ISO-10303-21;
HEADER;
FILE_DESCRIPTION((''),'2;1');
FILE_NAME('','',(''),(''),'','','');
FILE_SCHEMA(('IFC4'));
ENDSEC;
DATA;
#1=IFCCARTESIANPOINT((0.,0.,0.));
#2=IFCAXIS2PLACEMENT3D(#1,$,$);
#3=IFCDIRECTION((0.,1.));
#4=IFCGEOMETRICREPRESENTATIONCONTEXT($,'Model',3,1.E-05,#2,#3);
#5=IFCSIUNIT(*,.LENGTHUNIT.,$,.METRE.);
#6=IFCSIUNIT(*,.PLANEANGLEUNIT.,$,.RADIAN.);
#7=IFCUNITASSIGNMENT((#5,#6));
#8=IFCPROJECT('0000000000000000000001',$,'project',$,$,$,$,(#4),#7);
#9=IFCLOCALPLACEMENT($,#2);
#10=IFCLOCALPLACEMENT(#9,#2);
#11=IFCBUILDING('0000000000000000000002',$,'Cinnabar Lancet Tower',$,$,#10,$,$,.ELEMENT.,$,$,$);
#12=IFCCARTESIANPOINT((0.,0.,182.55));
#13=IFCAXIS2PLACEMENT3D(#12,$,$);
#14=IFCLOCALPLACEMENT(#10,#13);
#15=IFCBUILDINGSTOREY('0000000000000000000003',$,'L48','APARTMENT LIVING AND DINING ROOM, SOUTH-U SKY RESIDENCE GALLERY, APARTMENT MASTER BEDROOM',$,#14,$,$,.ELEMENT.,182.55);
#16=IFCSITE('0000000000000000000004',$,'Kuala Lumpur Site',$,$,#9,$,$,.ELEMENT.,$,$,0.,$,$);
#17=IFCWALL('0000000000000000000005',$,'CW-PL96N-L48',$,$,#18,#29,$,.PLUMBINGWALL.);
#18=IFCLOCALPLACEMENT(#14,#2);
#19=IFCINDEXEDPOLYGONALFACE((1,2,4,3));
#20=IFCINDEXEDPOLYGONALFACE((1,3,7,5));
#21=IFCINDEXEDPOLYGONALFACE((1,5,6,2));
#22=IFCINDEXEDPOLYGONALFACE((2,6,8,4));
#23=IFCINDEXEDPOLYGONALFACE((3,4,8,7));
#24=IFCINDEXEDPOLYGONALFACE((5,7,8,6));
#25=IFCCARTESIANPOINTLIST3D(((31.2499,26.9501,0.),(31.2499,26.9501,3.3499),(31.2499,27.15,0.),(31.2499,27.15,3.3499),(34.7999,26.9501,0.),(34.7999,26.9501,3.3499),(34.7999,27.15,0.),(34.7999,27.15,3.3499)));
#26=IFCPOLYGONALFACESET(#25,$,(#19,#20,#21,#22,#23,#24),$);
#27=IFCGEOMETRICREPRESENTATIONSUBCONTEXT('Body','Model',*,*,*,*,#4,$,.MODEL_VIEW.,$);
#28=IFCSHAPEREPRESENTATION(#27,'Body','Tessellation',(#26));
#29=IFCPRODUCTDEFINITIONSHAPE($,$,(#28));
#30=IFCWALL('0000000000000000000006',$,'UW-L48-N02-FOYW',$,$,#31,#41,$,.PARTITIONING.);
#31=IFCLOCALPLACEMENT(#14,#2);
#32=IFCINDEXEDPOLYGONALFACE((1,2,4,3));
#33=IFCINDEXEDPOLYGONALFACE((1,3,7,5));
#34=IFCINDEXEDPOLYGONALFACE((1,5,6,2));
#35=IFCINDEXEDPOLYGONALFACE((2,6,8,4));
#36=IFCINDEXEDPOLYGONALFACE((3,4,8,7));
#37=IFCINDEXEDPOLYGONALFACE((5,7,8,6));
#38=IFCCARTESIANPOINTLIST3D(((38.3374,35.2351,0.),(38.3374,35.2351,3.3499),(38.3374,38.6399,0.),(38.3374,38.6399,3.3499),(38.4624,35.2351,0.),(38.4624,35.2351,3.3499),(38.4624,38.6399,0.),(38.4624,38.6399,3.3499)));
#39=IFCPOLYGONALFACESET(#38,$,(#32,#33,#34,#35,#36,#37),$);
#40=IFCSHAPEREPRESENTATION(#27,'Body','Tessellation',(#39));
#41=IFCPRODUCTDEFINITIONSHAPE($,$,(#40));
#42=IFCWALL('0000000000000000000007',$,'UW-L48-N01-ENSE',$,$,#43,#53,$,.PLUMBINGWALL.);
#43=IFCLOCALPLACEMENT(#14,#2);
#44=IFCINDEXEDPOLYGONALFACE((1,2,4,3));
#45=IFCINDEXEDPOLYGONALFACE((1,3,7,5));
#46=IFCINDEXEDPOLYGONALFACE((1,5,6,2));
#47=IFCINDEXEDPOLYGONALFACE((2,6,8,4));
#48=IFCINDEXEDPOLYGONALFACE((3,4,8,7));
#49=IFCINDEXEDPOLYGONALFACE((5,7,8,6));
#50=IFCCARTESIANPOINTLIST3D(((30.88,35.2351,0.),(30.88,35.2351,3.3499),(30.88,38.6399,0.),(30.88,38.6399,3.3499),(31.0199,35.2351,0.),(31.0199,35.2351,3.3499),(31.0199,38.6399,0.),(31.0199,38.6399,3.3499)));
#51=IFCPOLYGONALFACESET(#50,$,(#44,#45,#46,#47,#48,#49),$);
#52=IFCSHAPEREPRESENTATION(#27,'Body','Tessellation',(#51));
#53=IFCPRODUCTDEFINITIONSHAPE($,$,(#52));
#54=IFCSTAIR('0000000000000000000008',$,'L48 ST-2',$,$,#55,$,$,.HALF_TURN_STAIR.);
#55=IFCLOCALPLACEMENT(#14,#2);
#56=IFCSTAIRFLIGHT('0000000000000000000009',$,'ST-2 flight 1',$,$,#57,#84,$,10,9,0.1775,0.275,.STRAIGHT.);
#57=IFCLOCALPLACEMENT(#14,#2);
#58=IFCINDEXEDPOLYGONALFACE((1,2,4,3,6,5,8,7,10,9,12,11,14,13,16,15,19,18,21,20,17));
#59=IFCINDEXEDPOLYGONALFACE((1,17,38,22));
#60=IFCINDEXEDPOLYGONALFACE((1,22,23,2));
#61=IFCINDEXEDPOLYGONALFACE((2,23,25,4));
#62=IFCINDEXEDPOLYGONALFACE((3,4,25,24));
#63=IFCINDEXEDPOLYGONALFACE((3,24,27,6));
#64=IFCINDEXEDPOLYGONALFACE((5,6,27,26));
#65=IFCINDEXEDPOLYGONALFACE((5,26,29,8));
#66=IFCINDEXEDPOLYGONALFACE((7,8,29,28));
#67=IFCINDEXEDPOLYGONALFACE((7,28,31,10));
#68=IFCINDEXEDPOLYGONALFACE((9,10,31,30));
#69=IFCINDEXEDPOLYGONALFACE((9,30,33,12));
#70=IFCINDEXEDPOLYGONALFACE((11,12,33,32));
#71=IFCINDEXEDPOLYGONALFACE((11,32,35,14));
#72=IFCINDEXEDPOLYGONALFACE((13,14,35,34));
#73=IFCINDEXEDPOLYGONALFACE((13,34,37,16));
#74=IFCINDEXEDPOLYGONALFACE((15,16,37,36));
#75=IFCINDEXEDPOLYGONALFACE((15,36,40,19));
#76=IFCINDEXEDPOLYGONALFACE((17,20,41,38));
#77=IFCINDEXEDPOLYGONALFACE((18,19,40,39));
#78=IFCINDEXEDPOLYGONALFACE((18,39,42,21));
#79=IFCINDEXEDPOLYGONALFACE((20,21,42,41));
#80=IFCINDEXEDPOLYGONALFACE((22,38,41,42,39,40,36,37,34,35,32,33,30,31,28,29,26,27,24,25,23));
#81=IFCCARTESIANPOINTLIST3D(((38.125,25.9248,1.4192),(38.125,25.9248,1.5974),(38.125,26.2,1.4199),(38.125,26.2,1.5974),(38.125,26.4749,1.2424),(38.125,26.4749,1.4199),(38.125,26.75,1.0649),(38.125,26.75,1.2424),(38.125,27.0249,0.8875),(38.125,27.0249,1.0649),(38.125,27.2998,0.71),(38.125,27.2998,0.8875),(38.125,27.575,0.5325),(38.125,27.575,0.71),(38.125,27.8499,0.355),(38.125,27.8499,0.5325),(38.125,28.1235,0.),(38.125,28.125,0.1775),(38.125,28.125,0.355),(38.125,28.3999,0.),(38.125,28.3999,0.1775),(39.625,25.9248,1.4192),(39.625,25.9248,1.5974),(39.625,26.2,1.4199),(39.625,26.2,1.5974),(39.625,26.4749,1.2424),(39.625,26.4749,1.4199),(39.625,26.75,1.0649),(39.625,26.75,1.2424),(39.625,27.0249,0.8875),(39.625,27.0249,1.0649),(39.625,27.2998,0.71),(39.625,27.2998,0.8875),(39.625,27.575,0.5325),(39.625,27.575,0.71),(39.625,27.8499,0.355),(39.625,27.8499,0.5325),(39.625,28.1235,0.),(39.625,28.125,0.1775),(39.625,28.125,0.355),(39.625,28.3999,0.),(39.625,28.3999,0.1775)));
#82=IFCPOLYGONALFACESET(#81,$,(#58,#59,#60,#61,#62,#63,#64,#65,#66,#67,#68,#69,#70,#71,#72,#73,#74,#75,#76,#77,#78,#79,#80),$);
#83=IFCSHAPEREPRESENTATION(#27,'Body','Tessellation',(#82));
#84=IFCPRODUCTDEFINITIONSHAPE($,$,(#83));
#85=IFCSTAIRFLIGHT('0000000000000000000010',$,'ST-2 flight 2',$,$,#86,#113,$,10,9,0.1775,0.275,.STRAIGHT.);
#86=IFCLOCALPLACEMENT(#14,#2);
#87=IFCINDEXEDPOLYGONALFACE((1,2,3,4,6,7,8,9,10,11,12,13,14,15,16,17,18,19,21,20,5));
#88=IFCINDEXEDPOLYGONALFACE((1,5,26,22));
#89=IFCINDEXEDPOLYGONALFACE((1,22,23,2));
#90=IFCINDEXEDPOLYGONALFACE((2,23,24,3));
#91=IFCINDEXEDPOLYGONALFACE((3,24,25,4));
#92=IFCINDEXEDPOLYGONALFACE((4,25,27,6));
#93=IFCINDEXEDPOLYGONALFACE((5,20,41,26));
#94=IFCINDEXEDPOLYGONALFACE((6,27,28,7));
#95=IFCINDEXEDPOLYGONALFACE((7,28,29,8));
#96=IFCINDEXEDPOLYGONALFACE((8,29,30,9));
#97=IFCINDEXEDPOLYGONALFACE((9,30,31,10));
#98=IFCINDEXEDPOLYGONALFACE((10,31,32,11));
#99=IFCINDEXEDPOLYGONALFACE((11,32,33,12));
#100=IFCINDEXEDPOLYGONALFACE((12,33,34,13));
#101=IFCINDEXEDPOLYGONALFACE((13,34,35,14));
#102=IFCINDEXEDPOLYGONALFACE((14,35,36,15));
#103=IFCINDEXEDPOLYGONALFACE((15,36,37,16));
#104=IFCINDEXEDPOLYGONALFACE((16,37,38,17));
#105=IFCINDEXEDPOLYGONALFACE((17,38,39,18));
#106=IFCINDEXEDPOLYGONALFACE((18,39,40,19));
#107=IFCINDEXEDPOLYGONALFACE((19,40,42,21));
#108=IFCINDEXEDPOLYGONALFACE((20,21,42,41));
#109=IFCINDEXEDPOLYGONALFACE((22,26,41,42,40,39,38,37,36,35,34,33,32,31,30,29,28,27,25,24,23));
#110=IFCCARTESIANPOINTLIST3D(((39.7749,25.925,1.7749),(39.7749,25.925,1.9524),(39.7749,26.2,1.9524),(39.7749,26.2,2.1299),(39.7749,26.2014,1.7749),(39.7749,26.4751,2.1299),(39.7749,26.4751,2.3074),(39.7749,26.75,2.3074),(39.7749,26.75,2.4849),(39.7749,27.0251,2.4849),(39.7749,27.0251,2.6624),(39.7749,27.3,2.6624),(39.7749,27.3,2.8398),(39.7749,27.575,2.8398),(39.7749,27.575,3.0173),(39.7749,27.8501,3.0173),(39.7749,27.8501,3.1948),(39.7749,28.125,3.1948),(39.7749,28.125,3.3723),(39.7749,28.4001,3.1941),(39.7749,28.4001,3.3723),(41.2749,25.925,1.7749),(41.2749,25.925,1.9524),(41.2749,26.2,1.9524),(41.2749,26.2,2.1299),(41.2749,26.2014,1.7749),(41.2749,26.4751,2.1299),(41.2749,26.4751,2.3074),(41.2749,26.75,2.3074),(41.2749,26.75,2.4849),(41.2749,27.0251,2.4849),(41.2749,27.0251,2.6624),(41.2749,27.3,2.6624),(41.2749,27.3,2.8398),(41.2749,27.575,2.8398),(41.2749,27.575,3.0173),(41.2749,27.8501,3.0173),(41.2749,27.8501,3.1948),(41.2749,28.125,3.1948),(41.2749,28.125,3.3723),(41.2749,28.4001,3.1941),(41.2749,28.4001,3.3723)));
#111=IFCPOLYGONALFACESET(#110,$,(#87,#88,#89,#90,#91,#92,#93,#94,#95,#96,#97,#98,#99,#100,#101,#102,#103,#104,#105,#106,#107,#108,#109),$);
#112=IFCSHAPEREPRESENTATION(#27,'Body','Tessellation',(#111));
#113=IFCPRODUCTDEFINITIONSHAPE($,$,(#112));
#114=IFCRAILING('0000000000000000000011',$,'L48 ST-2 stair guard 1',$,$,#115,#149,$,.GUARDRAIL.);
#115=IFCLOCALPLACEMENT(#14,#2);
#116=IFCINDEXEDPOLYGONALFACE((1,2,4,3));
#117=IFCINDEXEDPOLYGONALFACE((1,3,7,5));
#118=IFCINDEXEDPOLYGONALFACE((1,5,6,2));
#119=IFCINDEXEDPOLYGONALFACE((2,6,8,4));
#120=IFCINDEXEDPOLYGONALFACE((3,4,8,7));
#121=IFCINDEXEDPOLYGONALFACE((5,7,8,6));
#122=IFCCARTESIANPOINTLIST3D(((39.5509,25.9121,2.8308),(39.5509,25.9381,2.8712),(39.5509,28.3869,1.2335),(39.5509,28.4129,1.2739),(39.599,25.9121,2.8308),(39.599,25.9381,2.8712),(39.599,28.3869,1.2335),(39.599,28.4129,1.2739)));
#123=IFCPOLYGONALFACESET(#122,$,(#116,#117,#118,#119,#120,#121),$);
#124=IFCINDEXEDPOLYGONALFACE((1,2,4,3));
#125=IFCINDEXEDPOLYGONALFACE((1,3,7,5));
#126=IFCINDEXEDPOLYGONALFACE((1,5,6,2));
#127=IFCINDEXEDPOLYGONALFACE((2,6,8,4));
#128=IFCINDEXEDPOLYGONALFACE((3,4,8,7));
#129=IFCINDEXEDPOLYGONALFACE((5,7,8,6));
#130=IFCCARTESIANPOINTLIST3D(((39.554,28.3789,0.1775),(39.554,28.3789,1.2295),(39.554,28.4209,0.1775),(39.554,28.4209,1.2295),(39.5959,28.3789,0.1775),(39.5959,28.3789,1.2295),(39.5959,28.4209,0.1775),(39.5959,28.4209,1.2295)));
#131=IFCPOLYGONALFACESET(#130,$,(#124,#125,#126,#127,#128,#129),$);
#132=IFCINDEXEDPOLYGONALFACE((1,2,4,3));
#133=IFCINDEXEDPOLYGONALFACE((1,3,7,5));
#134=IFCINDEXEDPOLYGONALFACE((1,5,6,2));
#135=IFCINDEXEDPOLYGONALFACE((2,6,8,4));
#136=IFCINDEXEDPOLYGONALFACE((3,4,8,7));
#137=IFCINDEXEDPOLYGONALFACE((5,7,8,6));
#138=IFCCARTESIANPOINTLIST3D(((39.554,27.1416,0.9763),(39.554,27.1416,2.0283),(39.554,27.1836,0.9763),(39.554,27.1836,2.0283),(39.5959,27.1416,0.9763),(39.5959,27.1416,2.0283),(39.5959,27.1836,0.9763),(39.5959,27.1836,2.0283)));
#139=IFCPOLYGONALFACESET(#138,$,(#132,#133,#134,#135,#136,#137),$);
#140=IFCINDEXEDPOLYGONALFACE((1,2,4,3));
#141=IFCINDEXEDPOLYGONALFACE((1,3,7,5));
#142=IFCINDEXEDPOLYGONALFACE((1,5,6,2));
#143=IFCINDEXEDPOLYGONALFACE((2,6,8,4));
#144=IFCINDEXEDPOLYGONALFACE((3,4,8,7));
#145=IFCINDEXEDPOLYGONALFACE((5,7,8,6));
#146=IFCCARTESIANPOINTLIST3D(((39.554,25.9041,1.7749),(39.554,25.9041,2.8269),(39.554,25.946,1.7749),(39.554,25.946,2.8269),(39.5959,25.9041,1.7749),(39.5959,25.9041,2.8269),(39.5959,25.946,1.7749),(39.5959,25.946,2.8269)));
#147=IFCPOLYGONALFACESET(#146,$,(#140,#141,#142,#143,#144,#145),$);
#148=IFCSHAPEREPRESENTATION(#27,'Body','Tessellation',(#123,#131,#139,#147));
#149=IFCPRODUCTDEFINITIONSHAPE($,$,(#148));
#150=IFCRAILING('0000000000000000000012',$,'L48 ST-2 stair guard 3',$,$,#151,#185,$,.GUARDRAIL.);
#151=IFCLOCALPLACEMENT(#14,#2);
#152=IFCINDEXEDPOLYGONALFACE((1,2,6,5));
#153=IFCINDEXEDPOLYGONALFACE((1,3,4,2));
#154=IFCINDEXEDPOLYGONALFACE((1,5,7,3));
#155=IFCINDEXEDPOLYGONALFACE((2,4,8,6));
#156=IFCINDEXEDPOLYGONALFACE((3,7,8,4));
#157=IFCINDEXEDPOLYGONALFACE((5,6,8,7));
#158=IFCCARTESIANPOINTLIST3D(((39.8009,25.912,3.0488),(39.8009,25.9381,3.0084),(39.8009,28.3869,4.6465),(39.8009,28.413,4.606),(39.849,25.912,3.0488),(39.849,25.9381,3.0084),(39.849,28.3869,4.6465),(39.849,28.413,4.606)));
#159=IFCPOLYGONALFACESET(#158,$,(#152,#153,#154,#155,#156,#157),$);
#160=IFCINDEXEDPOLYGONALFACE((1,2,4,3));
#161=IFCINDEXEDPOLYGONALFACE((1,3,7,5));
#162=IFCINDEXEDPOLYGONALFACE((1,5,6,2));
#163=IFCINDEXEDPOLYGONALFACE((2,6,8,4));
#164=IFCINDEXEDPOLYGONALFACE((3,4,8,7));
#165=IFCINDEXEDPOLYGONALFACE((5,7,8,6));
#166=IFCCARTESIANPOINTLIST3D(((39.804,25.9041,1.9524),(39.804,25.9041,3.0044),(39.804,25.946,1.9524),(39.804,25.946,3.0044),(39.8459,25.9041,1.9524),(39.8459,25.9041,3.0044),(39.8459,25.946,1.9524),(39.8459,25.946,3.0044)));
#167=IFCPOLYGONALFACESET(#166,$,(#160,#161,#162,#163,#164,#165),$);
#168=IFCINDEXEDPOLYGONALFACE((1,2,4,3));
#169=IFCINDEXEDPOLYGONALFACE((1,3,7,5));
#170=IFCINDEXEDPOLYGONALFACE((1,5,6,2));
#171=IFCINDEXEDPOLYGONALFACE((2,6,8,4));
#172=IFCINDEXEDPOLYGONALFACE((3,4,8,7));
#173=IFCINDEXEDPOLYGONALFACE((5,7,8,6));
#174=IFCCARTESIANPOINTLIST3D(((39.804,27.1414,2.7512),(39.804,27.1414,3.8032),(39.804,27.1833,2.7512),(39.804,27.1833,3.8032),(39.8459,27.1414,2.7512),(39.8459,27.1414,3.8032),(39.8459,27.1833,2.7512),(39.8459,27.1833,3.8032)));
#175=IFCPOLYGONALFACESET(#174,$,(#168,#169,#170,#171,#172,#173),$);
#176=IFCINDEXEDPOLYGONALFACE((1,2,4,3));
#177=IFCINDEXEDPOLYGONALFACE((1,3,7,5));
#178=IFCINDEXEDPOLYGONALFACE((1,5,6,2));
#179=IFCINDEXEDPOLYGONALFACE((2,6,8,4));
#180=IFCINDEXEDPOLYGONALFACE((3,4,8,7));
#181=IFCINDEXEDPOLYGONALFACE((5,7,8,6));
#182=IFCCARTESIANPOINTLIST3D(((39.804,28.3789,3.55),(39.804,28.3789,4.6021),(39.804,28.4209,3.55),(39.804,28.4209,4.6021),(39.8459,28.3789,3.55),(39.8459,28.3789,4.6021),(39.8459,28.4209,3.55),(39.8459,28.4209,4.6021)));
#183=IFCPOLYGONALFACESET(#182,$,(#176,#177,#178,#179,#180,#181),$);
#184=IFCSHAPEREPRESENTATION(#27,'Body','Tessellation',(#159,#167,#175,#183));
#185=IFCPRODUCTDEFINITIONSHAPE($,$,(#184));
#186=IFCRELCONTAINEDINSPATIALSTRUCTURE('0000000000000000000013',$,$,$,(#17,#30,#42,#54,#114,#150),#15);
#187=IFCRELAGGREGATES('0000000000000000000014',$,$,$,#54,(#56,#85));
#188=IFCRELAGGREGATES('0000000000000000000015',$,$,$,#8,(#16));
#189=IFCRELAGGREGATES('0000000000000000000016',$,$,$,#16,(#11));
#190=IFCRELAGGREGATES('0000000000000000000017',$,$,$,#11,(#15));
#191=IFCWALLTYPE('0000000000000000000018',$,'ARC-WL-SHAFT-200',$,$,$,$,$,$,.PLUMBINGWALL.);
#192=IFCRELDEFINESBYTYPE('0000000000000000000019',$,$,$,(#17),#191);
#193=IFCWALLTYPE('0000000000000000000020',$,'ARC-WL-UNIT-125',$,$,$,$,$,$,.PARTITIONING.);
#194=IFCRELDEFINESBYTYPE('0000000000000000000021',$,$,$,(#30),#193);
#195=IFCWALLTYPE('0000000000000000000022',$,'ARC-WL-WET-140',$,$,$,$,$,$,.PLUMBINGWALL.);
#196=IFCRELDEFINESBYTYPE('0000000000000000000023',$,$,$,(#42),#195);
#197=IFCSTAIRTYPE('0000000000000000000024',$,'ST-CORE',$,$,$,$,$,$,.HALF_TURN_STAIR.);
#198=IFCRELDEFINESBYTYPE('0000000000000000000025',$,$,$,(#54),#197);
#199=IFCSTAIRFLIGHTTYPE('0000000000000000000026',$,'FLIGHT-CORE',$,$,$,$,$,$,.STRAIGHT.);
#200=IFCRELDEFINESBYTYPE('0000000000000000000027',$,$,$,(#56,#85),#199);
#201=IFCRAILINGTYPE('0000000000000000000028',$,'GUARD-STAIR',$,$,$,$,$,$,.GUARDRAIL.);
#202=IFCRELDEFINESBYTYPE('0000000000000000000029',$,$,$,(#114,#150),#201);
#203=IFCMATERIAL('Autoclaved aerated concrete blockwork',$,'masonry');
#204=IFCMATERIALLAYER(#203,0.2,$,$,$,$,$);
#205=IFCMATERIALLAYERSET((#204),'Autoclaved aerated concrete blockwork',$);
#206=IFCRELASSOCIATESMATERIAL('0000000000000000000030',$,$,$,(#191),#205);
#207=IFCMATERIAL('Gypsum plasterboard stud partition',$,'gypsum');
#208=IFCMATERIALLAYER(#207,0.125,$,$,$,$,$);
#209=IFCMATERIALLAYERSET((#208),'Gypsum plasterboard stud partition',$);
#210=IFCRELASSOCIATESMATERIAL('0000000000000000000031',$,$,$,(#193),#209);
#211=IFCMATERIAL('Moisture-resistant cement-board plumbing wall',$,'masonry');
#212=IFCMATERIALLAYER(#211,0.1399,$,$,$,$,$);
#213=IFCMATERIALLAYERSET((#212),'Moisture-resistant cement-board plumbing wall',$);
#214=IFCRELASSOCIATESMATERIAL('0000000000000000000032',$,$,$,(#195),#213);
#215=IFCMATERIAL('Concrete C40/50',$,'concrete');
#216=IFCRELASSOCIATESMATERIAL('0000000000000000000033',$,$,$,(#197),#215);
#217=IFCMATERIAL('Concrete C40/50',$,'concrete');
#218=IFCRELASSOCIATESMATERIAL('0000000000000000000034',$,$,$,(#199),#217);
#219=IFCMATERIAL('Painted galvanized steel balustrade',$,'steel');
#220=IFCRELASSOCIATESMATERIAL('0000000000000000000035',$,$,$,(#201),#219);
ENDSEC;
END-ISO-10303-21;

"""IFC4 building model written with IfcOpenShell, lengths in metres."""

from ifc_helpers import new_model, si_unit, direction, frame, frame_2d, origin, origin_2d, place, context, subcontext, project, spatial, polyline, rectangle, outline, extrude, material, layer, layer_set, type_object, element, aggregate, save


model = new_model("IFC4")

# Units and contexts
model_context = context("Model", 3, precision=1e-05, world=origin(), true_north=direction((0.0, 1.0)))
body_context = subcontext(model_context, "Body", "Model", "MODEL_VIEW")
ifc_project = project(units=[si_unit("LENGTHUNIT", "METRE"), si_unit("PLANEANGLEUNIT", "RADIAN")], contexts=[model_context])

# Site, building, storey
site_placement = place(None, origin())
site = spatial("IfcSite", under=ifc_project, at=site_placement, Name="Kuala Lumpur Site", CompositionType="ELEMENT", RefElevation=0.0)
building_placement = place(site_placement, origin())
building = spatial("IfcBuilding", under=site, at=building_placement, Name="Cinnabar Lancet Tower", CompositionType="ELEMENT")
storey_placement = place(building_placement, frame((0.0, 0.0, 182.55)))
storey = spatial("IfcBuildingStorey", under=building, at=storey_placement, Name="L48", Description="APARTMENT LIVING AND DINING ROOM, SOUTH-U SKY RESIDENCE GALLERY, APARTMENT MASTER BEDROOM", CompositionType="ELEMENT", Elevation=182.55)

# Shared definitions
ifc_material_1 = material(Name="Autoclaved aerated concrete blockwork", Category="masonry")
ifc_layer_1 = layer(ifc_material_1, 0.2)
ifc_layer_set_1 = layer_set([ifc_layer_1], Name="Autoclaved aerated concrete blockwork")
wall_type_1 = type_object("IfcWallType", Name="ARC-WL-SHAFT-200", PredefinedType="PLUMBINGWALL", material=ifc_layer_set_1)

# Walls
wall_1_placement = place(storey_placement, frame((31.25, 27.05, 0.0), z_axis=(0.0, 0.0, 1.0), x_axis=(1.0, 0.0, 0.0)))
element("IfcWall", 1, at=wall_1_placement, inside=storey, type_object=wall_type_1, Name="CW-PL96N-L48", PredefinedType="PLUMBINGWALL", context=body_context, shape_type="SweptSolid", body=[
    extrude(rectangle(XDim=3.55, YDim=0.2, at=frame_2d((1.7749, 0.0))), origin(), (0.0, 0.0, 1.0), 3.3499),
])
ifc_material_2 = material(Name="Gypsum plasterboard stud partition", Category="gypsum")
ifc_layer_2 = layer(ifc_material_2, 0.125)
ifc_layer_set_2 = layer_set([ifc_layer_2], Name="Gypsum plasterboard stud partition")
wall_type_2 = type_object("IfcWallType", Name="ARC-WL-UNIT-125", PredefinedType="PARTITIONING", material=ifc_layer_set_2)
wall_2_placement = place(storey_placement, frame((38.3999, 35.2351, 0.0), z_axis=(0.0, 0.0, 1.0), x_axis=(0.0, 1.0, 0.0)))
element("IfcWall", 2, at=wall_2_placement, inside=storey, type_object=wall_type_2, Name="UW-L48-N02-FOYW", PredefinedType="PARTITIONING", context=body_context, shape_type="SweptSolid", body=[
    extrude(rectangle(XDim=3.4048, YDim=0.125, at=frame_2d((1.7024, 0.0))), origin(), (0.0, 0.0, 1.0), 3.3499),
])
ifc_material_3 = material(Name="Moisture-resistant cement-board plumbing wall", Category="masonry")
ifc_layer_3 = layer(ifc_material_3, 0.1399)
ifc_layer_set_3 = layer_set([ifc_layer_3], Name="Moisture-resistant cement-board plumbing wall")
wall_type_3 = type_object("IfcWallType", Name="ARC-WL-WET-140", PredefinedType="PLUMBINGWALL", material=ifc_layer_set_3)
wall_3_placement = place(storey_placement, frame((30.95, 35.2351, 0.0), z_axis=(0.0, 0.0, 1.0), x_axis=(0.0, 1.0, 0.0)))
element("IfcWall", 3, at=wall_3_placement, inside=storey, type_object=wall_type_3, Name="UW-L48-N01-ENSE", PredefinedType="PLUMBINGWALL", context=body_context, shape_type="SweptSolid", body=[
    extrude(rectangle(XDim=3.4048, YDim=0.1399, at=frame_2d((1.7024, 0.0))), origin(), (0.0, 0.0, 1.0), 3.3499),
])

# Stair, stair flights
ifc_material_4 = material(Name="Concrete C40/50", Category="concrete")
stair_type = type_object("IfcStairType", Name="ST-CORE", PredefinedType="HALF_TURN_STAIR", material=ifc_material_4)
stair_placement = place(storey_placement, origin())
stair = element("IfcStair", 4, at=stair_placement, inside=storey, type_object=stair_type, Name="L48 ST-2", PredefinedType="HALF_TURN_STAIR")
ifc_material_5 = material(Name="Concrete C40/50", Category="concrete")
stair_flight_type = type_object("IfcStairFlightType", Name="FLIGHT-CORE", PredefinedType="STRAIGHT", material=ifc_material_5)
stair_flight_1_placement = place(storey_placement, frame((38.875, 28.3999, 0.0), z_axis=(0.0, 0.0, 1.0), x_axis=(0.0, -1.0, 0.0)))
stair_flight_1 = element("IfcStairFlight", 5, at=stair_flight_1_placement, type_object=stair_flight_type, Name="ST-2 flight 1", NumberOfRisers=10, NumberOfTreads=9, PredefinedType="STRAIGHT", RiserHeight=0.1775, TreadLength=0.275, context=body_context, shape_type="SweptSolid", body=[
    extrude(outline(polyline([(0.0, 0.0), (0.0, 0.1775), (0.2749, 0.1775), (0.2749, 0.355), (0.55, 0.355), (0.55, 0.5325), (0.825, 0.5325), (0.825, 0.71), (1.1001, 0.71), (1.1001, 0.8875), (1.375, 0.8875), (1.375, 1.0649), (1.6499, 1.0649), (1.6499, 1.2424), (1.925, 1.2424), (1.925, 1.4199), (2.2, 1.4199), (2.2, 1.5974), (2.4751, 1.5974), (2.4751, 1.7749), (2.4751, 1.4192), (0.2764, 0.0), (0.0, 0.0)])), frame((0.0, 0.75, 0.0), z_axis=(0.0, -1.0, 0.0), x_axis=(1.0, 0.0, 0.0)), (0.0, 0.0, 1.0), 1.5),
])
stair_flight_2_placement = place(storey_placement, frame((40.5249, 25.925, 1.7749), z_axis=(0.0, 0.0, 1.0), x_axis=(0.0, 1.0, 0.0)))
stair_flight_2 = element("IfcStairFlight", 6, at=stair_flight_2_placement, type_object=stair_flight_type, Name="ST-2 flight 2", NumberOfRisers=10, NumberOfTreads=9, PredefinedType="STRAIGHT", RiserHeight=0.1775, TreadLength=0.275, context=body_context, shape_type="SweptSolid", body=[
    extrude(outline(polyline([(0.0, 0.0), (0.0, 0.1775), (0.2749, 0.1775), (0.2749, 0.355), (0.55, 0.355), (0.55, 0.5325), (0.825, 0.5325), (0.825, 0.71), (1.1001, 0.71), (1.1001, 0.8875), (1.375, 0.8875), (1.375, 1.0649), (1.6499, 1.0649), (1.6499, 1.2424), (1.925, 1.2424), (1.925, 1.4199), (2.2, 1.4199), (2.2, 1.5974), (2.4751, 1.5974), (2.4751, 1.7749), (2.4751, 1.4192), (0.2764, 0.0), (0.0, 0.0)])), frame((0.0, 0.75, 0.0), z_axis=(0.0, -1.0, 0.0), x_axis=(1.0, 0.0, 0.0)), (0.0, 0.0, 1.0), 1.5),
])
aggregate(stair, [stair_flight_1, stair_flight_2])

# Railings
ifc_material_6 = material(Name="Painted galvanized steel balustrade", Category="steel")
railing_type_1 = type_object("IfcRailingType", Name="GUARD-STAIR", PredefinedType="GUARDRAIL", material=ifc_material_6)
railing_1_placement = place(storey_placement, frame((39.575, 28.3999, 0.1775)))
element("IfcRailing", 7, at=railing_1_placement, inside=storey, type_object=railing_type_1, Name="L48 ST-2 stair guard 1", PredefinedType="GUARDRAIL", context=body_context, shape_type="SweptSolid", body=[
    extrude(rectangle(XDim=0.0481, YDim=0.0481, at=origin_2d()), frame((0.0, 0.0, 1.0762), z_axis=(0.0, -0.840183, 0.542302), x_axis=(1.0, 0.0, 0.0)), (0.0, 0.0, 1.0), 2.9456),
    extrude(rectangle(XDim=0.042, YDim=0.042, at=origin_2d()), origin(), (0.0, 0.0, 1.0), 1.052),
    extrude(rectangle(XDim=0.042, YDim=0.042, at=origin_2d()), frame((0.0, -1.2373, 0.7988)), (0.0, 0.0, 1.0), 1.052),
    extrude(rectangle(XDim=0.042, YDim=0.042, at=origin_2d()), frame((0.0, -2.4749, 1.5974)), (0.0, 0.0, 1.0), 1.052),
])
railing_2_placement = place(storey_placement, frame((39.825, 25.925, 1.9524)))
element("IfcRailing", 8, at=railing_2_placement, inside=storey, type_object=railing_type_1, Name="L48 ST-2 stair guard 3", PredefinedType="GUARDRAIL", context=body_context, shape_type="SweptSolid", body=[
    extrude(rectangle(XDim=0.0481, YDim=0.0481, at=origin_2d()), frame((0.0, 0.0, 1.0762), z_axis=(0.0, 0.840146, 0.542361), x_axis=(-1.0, 0.0, 0.0)), (0.0, 0.0, 1.0), 2.9458),
    extrude(rectangle(XDim=0.042, YDim=0.042, at=origin_2d()), origin(), (0.0, 0.0, 1.0), 1.052),
    extrude(rectangle(XDim=0.042, YDim=0.042, at=origin_2d()), frame((0.0, 1.2373, 0.7988)), (0.0, 0.0, 1.0), 1.052),
    extrude(rectangle(XDim=0.042, YDim=0.042, at=origin_2d()), frame((0.0, 2.4749, 1.5977)), (0.0, 0.0, 1.0), 1.052),
])

save(model, "model.ifc")
